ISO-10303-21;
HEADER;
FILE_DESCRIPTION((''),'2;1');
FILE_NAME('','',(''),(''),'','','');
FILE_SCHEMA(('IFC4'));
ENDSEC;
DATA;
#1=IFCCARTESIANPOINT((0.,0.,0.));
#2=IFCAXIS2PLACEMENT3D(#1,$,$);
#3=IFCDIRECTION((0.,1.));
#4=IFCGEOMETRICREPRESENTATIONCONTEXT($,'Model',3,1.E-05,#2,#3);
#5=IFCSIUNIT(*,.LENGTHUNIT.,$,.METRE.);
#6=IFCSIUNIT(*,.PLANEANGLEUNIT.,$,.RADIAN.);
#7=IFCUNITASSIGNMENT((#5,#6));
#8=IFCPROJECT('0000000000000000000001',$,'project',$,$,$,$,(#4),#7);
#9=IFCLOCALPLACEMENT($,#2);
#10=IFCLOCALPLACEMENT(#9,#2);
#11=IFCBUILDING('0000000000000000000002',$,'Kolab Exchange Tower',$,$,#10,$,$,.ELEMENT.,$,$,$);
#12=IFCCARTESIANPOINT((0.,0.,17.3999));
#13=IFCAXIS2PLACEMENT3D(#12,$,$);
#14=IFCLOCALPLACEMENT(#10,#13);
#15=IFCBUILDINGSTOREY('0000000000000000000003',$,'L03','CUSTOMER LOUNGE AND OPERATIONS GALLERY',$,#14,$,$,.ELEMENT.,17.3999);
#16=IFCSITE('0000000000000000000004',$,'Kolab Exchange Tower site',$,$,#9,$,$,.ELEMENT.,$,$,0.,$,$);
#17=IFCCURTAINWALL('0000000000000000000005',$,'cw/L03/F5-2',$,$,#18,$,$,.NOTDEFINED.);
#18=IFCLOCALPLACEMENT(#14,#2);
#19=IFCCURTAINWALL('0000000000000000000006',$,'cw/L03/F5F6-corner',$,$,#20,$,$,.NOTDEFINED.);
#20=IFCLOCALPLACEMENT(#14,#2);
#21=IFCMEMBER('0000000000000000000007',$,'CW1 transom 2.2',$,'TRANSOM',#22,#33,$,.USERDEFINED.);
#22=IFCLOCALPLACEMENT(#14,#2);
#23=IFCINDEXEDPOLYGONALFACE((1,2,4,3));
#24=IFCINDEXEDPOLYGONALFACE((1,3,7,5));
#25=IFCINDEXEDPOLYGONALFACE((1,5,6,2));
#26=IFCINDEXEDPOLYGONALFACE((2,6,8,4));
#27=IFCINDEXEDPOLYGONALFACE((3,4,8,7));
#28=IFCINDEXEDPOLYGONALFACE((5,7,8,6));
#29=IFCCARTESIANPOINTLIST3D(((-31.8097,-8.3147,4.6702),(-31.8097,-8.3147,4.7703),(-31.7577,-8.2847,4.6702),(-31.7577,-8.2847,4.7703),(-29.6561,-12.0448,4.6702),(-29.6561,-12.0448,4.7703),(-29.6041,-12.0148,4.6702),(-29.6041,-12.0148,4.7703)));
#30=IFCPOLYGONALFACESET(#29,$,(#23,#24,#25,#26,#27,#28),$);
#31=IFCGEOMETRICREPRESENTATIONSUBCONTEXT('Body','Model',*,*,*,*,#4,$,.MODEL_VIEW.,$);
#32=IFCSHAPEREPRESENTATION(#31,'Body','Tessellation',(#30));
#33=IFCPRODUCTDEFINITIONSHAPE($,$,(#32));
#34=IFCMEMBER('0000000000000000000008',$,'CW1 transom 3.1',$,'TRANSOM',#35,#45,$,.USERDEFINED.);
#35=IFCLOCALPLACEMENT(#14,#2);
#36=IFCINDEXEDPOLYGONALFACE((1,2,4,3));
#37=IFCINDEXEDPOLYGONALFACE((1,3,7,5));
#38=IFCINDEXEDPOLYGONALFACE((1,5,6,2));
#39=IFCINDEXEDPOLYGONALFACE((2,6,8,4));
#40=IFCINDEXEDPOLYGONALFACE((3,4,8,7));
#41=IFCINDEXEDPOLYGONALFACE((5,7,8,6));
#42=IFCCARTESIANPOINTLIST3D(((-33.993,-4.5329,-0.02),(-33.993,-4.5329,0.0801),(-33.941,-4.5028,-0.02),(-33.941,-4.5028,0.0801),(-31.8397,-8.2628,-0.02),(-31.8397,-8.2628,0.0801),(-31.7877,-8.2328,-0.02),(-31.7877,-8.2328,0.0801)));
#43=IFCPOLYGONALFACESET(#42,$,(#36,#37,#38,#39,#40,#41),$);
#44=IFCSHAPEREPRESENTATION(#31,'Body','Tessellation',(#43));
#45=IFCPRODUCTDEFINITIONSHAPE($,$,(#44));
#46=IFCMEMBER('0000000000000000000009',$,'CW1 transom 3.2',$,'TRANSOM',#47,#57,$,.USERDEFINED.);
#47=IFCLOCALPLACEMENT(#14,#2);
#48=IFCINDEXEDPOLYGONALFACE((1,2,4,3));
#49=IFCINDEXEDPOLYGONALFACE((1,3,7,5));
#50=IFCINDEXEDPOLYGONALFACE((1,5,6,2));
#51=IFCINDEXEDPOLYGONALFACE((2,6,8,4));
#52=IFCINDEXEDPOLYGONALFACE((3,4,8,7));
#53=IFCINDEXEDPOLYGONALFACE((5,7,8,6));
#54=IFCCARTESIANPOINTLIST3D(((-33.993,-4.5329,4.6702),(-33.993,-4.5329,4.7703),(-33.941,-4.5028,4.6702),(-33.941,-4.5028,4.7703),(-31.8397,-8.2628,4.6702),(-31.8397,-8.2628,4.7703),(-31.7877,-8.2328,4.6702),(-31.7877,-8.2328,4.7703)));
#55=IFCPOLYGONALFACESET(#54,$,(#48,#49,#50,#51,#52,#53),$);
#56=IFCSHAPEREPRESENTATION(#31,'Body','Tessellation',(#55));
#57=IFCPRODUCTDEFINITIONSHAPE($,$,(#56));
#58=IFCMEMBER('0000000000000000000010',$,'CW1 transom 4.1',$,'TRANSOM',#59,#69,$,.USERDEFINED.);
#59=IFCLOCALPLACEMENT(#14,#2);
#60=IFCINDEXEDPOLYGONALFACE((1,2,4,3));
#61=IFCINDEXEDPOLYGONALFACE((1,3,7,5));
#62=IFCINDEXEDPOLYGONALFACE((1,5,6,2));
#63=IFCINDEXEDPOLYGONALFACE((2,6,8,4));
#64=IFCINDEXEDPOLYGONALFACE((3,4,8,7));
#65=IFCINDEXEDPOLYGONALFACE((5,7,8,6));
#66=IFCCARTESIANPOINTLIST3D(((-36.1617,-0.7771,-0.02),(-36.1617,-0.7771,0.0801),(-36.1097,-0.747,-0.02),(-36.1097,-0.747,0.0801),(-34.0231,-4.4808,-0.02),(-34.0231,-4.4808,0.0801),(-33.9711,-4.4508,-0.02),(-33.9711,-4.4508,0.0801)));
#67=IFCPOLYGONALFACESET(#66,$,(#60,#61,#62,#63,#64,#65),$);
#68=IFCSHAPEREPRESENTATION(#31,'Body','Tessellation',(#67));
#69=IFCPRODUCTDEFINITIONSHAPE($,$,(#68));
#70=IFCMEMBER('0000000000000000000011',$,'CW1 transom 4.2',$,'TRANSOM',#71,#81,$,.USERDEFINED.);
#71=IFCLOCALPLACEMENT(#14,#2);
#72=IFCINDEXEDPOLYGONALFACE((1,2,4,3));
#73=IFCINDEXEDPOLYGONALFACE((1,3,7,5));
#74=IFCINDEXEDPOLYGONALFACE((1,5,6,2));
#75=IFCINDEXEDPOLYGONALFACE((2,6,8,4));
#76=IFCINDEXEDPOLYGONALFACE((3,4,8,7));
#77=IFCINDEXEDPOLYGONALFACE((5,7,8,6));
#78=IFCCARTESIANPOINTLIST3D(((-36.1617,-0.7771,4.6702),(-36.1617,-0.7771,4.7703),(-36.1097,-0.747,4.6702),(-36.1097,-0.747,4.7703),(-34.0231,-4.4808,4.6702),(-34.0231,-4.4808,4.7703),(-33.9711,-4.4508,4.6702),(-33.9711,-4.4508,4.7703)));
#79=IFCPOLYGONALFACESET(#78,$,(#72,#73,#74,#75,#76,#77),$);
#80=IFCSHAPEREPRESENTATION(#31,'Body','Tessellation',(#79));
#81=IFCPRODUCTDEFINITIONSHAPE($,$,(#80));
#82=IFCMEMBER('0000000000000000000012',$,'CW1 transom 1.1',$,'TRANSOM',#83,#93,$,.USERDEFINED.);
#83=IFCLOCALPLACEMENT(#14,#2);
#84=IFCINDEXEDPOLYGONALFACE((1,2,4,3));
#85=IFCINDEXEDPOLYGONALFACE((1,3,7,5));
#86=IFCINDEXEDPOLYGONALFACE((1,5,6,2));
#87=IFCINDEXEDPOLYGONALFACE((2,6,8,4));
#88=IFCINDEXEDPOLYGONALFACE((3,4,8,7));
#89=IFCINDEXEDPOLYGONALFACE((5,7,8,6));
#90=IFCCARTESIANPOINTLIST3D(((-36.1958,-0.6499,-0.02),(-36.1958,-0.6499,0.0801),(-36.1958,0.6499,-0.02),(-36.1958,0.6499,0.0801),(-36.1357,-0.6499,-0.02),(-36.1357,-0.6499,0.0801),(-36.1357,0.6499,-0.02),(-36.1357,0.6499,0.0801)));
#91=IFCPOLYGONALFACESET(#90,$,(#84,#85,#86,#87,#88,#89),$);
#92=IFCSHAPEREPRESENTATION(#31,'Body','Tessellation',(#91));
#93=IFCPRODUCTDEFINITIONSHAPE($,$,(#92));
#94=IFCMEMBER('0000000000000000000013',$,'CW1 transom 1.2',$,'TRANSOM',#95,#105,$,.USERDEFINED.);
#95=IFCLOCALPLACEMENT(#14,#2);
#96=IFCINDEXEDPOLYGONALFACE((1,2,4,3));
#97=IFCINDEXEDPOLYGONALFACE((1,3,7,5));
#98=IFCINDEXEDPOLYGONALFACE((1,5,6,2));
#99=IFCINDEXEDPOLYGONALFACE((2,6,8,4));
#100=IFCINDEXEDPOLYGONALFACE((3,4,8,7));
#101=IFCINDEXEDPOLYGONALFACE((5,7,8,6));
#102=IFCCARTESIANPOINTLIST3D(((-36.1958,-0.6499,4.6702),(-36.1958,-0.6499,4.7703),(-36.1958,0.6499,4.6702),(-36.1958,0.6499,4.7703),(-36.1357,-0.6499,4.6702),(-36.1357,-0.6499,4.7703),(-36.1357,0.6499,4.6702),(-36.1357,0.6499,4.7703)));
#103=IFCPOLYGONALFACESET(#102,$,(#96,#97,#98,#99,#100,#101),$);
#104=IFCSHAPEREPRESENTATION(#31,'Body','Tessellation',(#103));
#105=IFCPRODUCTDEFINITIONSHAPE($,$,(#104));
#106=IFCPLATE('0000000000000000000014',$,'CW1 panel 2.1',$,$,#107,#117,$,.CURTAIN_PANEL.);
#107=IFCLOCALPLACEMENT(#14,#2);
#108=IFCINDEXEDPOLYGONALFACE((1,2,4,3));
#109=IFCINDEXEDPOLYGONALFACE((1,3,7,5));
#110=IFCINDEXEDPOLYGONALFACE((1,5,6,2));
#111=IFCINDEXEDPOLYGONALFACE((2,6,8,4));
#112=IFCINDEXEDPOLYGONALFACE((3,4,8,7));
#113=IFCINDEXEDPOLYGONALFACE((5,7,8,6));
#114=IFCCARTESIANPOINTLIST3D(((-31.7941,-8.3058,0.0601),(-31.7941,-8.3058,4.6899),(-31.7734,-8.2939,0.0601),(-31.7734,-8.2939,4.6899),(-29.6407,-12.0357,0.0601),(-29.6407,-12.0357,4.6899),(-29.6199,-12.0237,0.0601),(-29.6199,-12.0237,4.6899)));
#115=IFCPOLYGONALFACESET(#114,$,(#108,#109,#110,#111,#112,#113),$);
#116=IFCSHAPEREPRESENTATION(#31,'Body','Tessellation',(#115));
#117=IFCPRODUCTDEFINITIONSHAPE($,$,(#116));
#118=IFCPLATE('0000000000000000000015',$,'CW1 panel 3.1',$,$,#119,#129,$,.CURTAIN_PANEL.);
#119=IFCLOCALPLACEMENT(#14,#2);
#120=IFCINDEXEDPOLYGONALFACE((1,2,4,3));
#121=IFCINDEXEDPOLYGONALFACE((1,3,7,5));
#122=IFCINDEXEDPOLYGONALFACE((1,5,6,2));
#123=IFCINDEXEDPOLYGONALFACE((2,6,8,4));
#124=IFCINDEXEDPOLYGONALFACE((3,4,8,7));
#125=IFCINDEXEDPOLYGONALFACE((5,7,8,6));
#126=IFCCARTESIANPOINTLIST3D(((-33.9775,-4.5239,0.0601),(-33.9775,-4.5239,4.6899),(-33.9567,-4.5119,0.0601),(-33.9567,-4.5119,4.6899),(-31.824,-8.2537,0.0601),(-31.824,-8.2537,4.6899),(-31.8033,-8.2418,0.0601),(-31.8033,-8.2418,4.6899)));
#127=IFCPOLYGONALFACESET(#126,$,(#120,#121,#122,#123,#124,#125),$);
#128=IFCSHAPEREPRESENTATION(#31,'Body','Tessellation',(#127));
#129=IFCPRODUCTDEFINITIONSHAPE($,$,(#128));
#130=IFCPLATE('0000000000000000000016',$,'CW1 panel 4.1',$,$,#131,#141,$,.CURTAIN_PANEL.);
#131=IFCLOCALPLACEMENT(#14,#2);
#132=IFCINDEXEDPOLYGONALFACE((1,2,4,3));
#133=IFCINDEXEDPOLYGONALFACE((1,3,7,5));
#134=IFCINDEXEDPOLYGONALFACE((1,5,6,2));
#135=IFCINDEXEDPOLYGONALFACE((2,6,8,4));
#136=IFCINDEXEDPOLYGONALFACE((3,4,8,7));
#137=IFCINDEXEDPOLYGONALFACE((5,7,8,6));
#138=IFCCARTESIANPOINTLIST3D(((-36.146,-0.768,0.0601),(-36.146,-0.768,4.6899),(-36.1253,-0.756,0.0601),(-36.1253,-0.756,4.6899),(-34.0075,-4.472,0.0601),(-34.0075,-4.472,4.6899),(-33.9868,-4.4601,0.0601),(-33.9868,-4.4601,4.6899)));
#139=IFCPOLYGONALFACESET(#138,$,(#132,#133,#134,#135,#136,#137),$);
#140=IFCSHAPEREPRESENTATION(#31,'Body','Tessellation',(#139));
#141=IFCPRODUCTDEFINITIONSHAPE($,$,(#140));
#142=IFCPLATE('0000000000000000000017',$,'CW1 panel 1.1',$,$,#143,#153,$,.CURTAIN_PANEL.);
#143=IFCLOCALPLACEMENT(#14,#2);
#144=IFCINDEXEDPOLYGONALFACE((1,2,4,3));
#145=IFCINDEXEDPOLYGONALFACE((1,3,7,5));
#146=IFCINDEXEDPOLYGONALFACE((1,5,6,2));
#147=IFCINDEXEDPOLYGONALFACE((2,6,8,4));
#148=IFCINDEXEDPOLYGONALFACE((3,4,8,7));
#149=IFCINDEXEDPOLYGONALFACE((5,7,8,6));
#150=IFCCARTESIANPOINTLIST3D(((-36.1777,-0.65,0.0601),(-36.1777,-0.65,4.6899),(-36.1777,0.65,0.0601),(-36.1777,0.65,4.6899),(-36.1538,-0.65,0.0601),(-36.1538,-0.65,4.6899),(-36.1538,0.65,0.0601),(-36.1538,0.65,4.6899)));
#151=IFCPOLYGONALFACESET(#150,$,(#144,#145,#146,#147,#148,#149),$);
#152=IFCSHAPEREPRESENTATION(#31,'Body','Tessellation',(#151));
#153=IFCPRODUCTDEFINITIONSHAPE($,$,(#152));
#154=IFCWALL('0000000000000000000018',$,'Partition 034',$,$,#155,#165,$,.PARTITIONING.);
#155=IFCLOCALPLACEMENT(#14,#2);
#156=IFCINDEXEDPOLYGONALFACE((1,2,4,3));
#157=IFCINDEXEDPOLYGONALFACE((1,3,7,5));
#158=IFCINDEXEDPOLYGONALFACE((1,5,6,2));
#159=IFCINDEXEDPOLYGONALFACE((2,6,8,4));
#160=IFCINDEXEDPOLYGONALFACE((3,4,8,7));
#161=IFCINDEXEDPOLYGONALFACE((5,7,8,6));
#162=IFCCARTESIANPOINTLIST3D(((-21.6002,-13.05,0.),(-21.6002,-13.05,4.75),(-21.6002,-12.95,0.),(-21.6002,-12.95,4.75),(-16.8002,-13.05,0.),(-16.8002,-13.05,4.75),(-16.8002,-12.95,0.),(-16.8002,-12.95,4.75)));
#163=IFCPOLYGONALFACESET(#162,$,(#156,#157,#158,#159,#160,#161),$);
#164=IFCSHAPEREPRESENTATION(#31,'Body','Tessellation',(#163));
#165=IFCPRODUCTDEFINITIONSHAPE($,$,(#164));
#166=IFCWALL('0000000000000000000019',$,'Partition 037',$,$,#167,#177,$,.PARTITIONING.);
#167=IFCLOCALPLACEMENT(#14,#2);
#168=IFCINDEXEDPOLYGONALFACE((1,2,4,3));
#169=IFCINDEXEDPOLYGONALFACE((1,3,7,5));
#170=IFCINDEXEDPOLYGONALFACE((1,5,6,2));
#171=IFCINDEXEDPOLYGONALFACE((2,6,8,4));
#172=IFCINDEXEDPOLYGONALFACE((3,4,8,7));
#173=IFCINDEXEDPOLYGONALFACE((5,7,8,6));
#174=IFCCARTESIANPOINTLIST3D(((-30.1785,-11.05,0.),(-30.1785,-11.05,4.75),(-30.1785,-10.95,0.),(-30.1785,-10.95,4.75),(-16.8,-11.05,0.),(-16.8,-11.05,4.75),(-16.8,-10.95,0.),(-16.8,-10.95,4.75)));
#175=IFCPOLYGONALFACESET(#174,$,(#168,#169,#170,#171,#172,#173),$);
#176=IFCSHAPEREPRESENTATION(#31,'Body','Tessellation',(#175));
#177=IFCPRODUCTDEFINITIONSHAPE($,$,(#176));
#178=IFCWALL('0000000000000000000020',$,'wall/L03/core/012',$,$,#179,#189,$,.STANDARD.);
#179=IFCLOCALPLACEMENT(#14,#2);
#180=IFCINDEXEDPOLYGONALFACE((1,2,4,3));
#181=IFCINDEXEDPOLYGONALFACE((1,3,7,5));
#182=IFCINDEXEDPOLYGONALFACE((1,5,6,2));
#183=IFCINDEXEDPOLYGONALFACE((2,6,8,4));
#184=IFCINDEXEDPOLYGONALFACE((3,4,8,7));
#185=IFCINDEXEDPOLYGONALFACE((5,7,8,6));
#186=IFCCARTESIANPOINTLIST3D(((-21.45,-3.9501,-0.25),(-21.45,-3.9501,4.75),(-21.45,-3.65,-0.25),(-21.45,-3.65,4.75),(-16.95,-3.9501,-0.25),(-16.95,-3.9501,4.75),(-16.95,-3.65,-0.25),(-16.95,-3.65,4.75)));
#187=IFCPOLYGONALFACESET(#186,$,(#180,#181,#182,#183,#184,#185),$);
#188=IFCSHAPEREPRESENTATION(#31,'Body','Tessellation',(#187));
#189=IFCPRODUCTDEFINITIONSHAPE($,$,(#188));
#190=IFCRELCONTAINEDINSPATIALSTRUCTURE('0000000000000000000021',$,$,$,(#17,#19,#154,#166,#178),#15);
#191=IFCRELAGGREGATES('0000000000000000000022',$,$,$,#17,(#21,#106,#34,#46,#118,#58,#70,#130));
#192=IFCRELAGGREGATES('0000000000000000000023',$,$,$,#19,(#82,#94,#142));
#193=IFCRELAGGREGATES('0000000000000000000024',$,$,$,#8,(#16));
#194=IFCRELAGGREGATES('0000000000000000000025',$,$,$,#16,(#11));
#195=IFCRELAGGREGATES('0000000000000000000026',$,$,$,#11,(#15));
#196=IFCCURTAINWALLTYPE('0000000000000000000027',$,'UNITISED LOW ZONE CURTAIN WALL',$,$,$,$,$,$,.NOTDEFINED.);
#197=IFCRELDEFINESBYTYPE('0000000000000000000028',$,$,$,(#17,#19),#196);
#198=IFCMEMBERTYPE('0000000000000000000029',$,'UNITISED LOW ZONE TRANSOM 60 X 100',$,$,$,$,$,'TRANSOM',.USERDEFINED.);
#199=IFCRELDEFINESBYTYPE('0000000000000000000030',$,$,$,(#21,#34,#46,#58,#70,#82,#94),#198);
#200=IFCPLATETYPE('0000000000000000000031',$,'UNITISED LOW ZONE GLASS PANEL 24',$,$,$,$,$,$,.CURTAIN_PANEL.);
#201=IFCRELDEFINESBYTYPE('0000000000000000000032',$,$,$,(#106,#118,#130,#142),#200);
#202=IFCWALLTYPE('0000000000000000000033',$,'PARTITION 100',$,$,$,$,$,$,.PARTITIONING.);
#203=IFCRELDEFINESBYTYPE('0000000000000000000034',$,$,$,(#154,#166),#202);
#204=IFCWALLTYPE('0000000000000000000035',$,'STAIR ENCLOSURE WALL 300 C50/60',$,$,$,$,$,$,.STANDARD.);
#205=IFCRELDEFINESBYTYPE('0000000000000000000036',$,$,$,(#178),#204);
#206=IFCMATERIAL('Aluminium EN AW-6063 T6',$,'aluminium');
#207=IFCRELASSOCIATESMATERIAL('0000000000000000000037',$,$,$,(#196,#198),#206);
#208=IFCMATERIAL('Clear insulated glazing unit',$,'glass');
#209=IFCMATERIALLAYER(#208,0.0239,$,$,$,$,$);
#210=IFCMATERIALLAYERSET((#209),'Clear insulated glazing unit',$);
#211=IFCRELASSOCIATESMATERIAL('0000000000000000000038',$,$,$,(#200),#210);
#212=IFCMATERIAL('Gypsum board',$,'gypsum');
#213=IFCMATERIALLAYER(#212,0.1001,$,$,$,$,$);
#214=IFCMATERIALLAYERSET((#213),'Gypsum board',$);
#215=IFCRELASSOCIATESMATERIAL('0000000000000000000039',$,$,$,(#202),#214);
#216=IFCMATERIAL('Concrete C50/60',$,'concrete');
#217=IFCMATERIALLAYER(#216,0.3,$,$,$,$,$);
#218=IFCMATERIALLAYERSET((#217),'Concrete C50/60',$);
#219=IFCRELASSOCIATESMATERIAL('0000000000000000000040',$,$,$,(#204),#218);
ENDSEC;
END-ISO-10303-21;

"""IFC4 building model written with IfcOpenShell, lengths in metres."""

from ifc_helpers import new_model, si_unit, direction, frame, frame_2d, origin, origin_2d, place, context, subcontext, project, spatial, rectangle, extrude, material, layer, layer_set, material_profile, profile_set, type_object, element, aggregate, save


model = new_model("IFC4")

# Units and contexts
model_context = context("Model", 3, precision=1e-05, world=origin(), true_north=direction((0.0, 1.0)))
body_context = subcontext(model_context, "Body", "Model", "MODEL_VIEW")
ifc_project = project(units=[si_unit("LENGTHUNIT", "METRE"), si_unit("PLANEANGLEUNIT", "RADIAN")], contexts=[model_context])

# Site, building, storey
site_placement = place(None, origin())
site = spatial("IfcSite", under=ifc_project, at=site_placement, Name="Kolab Exchange Tower site", CompositionType="ELEMENT", RefElevation=0.0)
building_placement = place(site_placement, origin())
building = spatial("IfcBuilding", under=site, at=building_placement, Name="Kolab Exchange Tower", CompositionType="ELEMENT")
storey_placement = place(building_placement, frame((0.0, 0.0, 17.3999)))
storey = spatial("IfcBuildingStorey", under=building, at=storey_placement, Name="L03", Description="CUSTOMER LOUNGE AND OPERATIONS GALLERY", CompositionType="ELEMENT", Elevation=17.3999)

# Curtain wall
ifc_material_1 = material(Name="Aluminium EN AW-6063 T6", Category="aluminium")
curtain_wall_type = type_object("IfcCurtainWallType", Name="UNITISED LOW ZONE CURTAIN WALL", PredefinedType="NOTDEFINED", material=ifc_material_1)
curtain_wall_1_placement = place(storey_placement, origin())
curtain_wall_1 = element("IfcCurtainWall", 1, at=curtain_wall_1_placement, inside=storey, type_object=curtain_wall_type, Name="cw/L03/F5-2", PredefinedType="NOTDEFINED")

# Curtain wall
curtain_wall_2_placement = place(storey_placement, origin())
curtain_wall_2 = element("IfcCurtainWall", 2, at=curtain_wall_2_placement, inside=storey, type_object=curtain_wall_type, Name="cw/L03/F5F6-corner", PredefinedType="NOTDEFINED")

# Members
ifc_material_profile_1 = material_profile(ifc_material_1, rectangle(XDim=0.0601, YDim=0.1001, at=origin_2d()), Name="RECT 60X100")
ifc_profile_set_1 = profile_set([ifc_material_profile_1], Name="Aluminium EN AW-6063 T6")
member_type_1 = type_object("IfcMemberType", Name="UNITISED LOW ZONE TRANSOM 60 X 100", ElementType="TRANSOM", PredefinedType="USERDEFINED", material=ifc_profile_set_1)
member_1_placement = place(storey_placement, frame((-29.6301, -12.0298, 4.7202), z_axis=(-0.50001, 0.866019, 0.0), x_axis=(-0.866019, -0.50001, 0.0)))
member_1 = element("IfcMember", 3, at=member_1_placement, type_object=member_type_1, Name="CW1 transom 2.2", ObjectType="TRANSOM", PredefinedType="USERDEFINED", context=body_context, shape_type="SweptSolid", body=[
    extrude(rectangle(XDim=0.0601, YDim=0.1001, at=origin_2d()), origin(), (0.0, 0.0, 1.0), 4.3071),
])
member_2_placement = place(storey_placement, frame((-31.8137, -8.2478, 0.03), z_axis=(-0.499968, 0.866044, 0.0), x_axis=(-0.866044, -0.499968, 0.0)))
member_2 = element("IfcMember", 4, at=member_2_placement, type_object=member_type_1, Name="CW1 transom 3.1", ObjectType="TRANSOM", PredefinedType="USERDEFINED", context=body_context, shape_type="SweptSolid", body=[
    extrude(rectangle(XDim=0.0601, YDim=0.1001, at=origin_2d()), origin(), (0.0, 0.0, 1.0), 4.3069),
])
member_3_placement = place(storey_placement, frame((-31.8137, -8.2478, 4.7202), z_axis=(-0.499968, 0.866044, 0.0), x_axis=(-0.866044, -0.499968, 0.0)))
member_3 = element("IfcMember", 5, at=member_3_placement, type_object=member_type_1, Name="CW1 transom 3.2", ObjectType="TRANSOM", PredefinedType="USERDEFINED", context=body_context, shape_type="SweptSolid", body=[
    extrude(rectangle(XDim=0.0601, YDim=0.1001, at=origin_2d()), origin(), (0.0, 0.0, 1.0), 4.3069),
])
member_4_placement = place(storey_placement, frame((-33.9971, -4.4658, 0.03), z_axis=(-0.500044, 0.866, 0.0), x_axis=(-0.866, -0.500044, 0.0)))
member_4 = element("IfcMember", 6, at=member_4_placement, type_object=member_type_1, Name="CW1 transom 4.1", ObjectType="TRANSOM", PredefinedType="USERDEFINED", context=body_context, shape_type="SweptSolid", body=[
    extrude(rectangle(XDim=0.0601, YDim=0.1001, at=origin_2d()), origin(), (0.0, 0.0, 1.0), 4.2769),
])
member_5_placement = place(storey_placement, frame((-33.9971, -4.4658, 4.7202), z_axis=(-0.500044, 0.866, 0.0), x_axis=(-0.866, -0.500044, 0.0)))
member_5 = element("IfcMember", 7, at=member_5_placement, type_object=member_type_1, Name="CW1 transom 4.2", ObjectType="TRANSOM", PredefinedType="USERDEFINED", context=body_context, shape_type="SweptSolid", body=[
    extrude(rectangle(XDim=0.0601, YDim=0.1001, at=origin_2d()), origin(), (0.0, 0.0, 1.0), 4.2769),
])
member_6_placement = place(storey_placement, frame((-36.1658, -0.6499, 0.03), z_axis=(0.0, 1.0, 0.0), x_axis=(-1.0, 0.0, 0.0)))
member_6 = element("IfcMember", 8, at=member_6_placement, type_object=member_type_1, Name="CW1 transom 1.1", ObjectType="TRANSOM", PredefinedType="USERDEFINED", context=body_context, shape_type="SweptSolid", body=[
    extrude(rectangle(XDim=0.0601, YDim=0.1001, at=origin_2d()), origin(), (0.0, 0.0, 1.0), 1.2998),
])
member_7_placement = place(storey_placement, frame((-36.1658, -0.6499, 4.7202), z_axis=(0.0, 1.0, 0.0), x_axis=(-1.0, 0.0, 0.0)))
member_7 = element("IfcMember", 9, at=member_7_placement, type_object=member_type_1, Name="CW1 transom 1.2", ObjectType="TRANSOM", PredefinedType="USERDEFINED", context=body_context, shape_type="SweptSolid", body=[
    extrude(rectangle(XDim=0.0601, YDim=0.1001, at=origin_2d()), origin(), (0.0, 0.0, 1.0), 1.2998),
])

# Plates
ifc_material_2 = material(Name="Clear insulated glazing unit", Category="glass")
ifc_layer_1 = layer(ifc_material_2, 0.0239)
ifc_layer_set_1 = layer_set([ifc_layer_1], Name="Clear insulated glazing unit")
plate_type = type_object("IfcPlateType", Name="UNITISED LOW ZONE GLASS PANEL 24", PredefinedType="CURTAIN_PANEL", material=ifc_layer_set_1)
plate_1_placement = place(storey_placement, frame((-30.707, -10.1648, 0.0601), z_axis=(0.0, 0.0, 1.0), x_axis=(-0.5, 0.866025, 0.0)))
plate_1 = element("IfcPlate", 10, at=plate_1_placement, type_object=plate_type, Name="CW1 panel 2.1", PredefinedType="CURTAIN_PANEL", context=body_context, shape_type="SweptSolid", body=[
    extrude(rectangle(XDim=4.3069, YDim=0.0239, at=origin_2d()), origin(), (0.0, 0.0, 1.0), 4.6299),
])
plate_2_placement = place(storey_placement, frame((-32.8904, -6.3828, 0.0601), z_axis=(0.0, 0.0, 1.0), x_axis=(-0.5, 0.866025, 0.0)))
plate_2 = element("IfcPlate", 11, at=plate_2_placement, type_object=plate_type, Name="CW1 panel 3.1", PredefinedType="CURTAIN_PANEL", context=body_context, shape_type="SweptSolid", body=[
    extrude(rectangle(XDim=4.3069, YDim=0.0239, at=origin_2d()), origin(), (0.0, 0.0, 1.0), 4.6299),
])
plate_3_placement = place(storey_placement, frame((-35.0664, -2.614, 0.0601), z_axis=(0.0, 0.0, 1.0), x_axis=(-0.5, 0.866025, 0.0)))
plate_3 = element("IfcPlate", 12, at=plate_3_placement, type_object=plate_type, Name="CW1 panel 4.1", PredefinedType="CURTAIN_PANEL", context=body_context, shape_type="SweptSolid", body=[
    extrude(rectangle(XDim=4.2771, YDim=0.0239, at=origin_2d()), origin(), (0.0, 0.0, 1.0), 4.6299),
])
aggregate(curtain_wall_1, [member_1, plate_1, member_2, member_3, plate_2, member_4, member_5, plate_3])
plate_4_placement = place(storey_placement, frame((-36.1658, 0.0, 0.0601), z_axis=(0.0, 0.0, 1.0), x_axis=(0.0, 1.0, 0.0)))
plate_4 = element("IfcPlate", 13, at=plate_4_placement, type_object=plate_type, Name="CW1 panel 1.1", PredefinedType="CURTAIN_PANEL", context=body_context, shape_type="SweptSolid", body=[
    extrude(rectangle(XDim=1.3, YDim=0.0239, at=origin_2d()), origin(), (0.0, 0.0, 1.0), 4.6299),
])
aggregate(curtain_wall_2, [member_6, member_7, plate_4])

# Walls
ifc_material_3 = material(Name="Gypsum board", Category="gypsum")
ifc_layer_2 = layer(ifc_material_3, 0.1001)
ifc_layer_set_2 = layer_set([ifc_layer_2], Name="Gypsum board")
wall_type_1 = type_object("IfcWallType", Name="PARTITION 100", PredefinedType="PARTITIONING", material=ifc_layer_set_2)
wall_1_placement = place(storey_placement, frame((-21.6001, -13.0, 0.0), z_axis=(0.0, 0.0, 1.0), x_axis=(1.0, 0.0, 0.0)))
element("IfcWall", 14, at=wall_1_placement, inside=storey, type_object=wall_type_1, Name="Partition 034", PredefinedType="PARTITIONING", context=body_context, shape_type="SweptSolid", body=[
    extrude(rectangle(XDim=4.8, YDim=0.1001, at=frame_2d((2.3999, 0.0))), origin(), (0.0, 0.0, 1.0), 4.75),
])
wall_2_placement = place(storey_placement, frame((-30.1785, -11.0, 0.0), z_axis=(0.0, 0.0, 1.0), x_axis=(1.0, 0.0, 0.0)))
element("IfcWall", 15, at=wall_2_placement, inside=storey, type_object=wall_type_1, Name="Partition 037", PredefinedType="PARTITIONING", context=body_context, shape_type="SweptSolid", body=[
    extrude(rectangle(XDim=13.3784, YDim=0.1001, at=frame_2d((6.6892, 0.0))), origin(), (0.0, 0.0, 1.0), 4.75),
])
ifc_material_4 = material(Name="Concrete C50/60", Category="concrete")
ifc_layer_3 = layer(ifc_material_4, 0.3)
ifc_layer_set_3 = layer_set([ifc_layer_3], Name="Concrete C50/60")
wall_type_2 = type_object("IfcWallType", Name="STAIR ENCLOSURE WALL 300 C50/60", PredefinedType="STANDARD", material=ifc_layer_set_3)
wall_3_placement = place(storey_placement, frame((-21.45, -3.8, -0.25), z_axis=(0.0, 0.0, 1.0), x_axis=(1.0, 0.0, 0.0)))
element("IfcWall", 16, at=wall_3_placement, inside=storey, type_object=wall_type_2, Name="wall/L03/core/012", PredefinedType="STANDARD", context=body_context, shape_type="SweptSolid", body=[
    extrude(rectangle(XDim=4.5, YDim=0.3, at=frame_2d((2.25, 0.0))), origin(), (0.0, 0.0, 1.0), 5.0),
])

save(model, "model.ifc")
